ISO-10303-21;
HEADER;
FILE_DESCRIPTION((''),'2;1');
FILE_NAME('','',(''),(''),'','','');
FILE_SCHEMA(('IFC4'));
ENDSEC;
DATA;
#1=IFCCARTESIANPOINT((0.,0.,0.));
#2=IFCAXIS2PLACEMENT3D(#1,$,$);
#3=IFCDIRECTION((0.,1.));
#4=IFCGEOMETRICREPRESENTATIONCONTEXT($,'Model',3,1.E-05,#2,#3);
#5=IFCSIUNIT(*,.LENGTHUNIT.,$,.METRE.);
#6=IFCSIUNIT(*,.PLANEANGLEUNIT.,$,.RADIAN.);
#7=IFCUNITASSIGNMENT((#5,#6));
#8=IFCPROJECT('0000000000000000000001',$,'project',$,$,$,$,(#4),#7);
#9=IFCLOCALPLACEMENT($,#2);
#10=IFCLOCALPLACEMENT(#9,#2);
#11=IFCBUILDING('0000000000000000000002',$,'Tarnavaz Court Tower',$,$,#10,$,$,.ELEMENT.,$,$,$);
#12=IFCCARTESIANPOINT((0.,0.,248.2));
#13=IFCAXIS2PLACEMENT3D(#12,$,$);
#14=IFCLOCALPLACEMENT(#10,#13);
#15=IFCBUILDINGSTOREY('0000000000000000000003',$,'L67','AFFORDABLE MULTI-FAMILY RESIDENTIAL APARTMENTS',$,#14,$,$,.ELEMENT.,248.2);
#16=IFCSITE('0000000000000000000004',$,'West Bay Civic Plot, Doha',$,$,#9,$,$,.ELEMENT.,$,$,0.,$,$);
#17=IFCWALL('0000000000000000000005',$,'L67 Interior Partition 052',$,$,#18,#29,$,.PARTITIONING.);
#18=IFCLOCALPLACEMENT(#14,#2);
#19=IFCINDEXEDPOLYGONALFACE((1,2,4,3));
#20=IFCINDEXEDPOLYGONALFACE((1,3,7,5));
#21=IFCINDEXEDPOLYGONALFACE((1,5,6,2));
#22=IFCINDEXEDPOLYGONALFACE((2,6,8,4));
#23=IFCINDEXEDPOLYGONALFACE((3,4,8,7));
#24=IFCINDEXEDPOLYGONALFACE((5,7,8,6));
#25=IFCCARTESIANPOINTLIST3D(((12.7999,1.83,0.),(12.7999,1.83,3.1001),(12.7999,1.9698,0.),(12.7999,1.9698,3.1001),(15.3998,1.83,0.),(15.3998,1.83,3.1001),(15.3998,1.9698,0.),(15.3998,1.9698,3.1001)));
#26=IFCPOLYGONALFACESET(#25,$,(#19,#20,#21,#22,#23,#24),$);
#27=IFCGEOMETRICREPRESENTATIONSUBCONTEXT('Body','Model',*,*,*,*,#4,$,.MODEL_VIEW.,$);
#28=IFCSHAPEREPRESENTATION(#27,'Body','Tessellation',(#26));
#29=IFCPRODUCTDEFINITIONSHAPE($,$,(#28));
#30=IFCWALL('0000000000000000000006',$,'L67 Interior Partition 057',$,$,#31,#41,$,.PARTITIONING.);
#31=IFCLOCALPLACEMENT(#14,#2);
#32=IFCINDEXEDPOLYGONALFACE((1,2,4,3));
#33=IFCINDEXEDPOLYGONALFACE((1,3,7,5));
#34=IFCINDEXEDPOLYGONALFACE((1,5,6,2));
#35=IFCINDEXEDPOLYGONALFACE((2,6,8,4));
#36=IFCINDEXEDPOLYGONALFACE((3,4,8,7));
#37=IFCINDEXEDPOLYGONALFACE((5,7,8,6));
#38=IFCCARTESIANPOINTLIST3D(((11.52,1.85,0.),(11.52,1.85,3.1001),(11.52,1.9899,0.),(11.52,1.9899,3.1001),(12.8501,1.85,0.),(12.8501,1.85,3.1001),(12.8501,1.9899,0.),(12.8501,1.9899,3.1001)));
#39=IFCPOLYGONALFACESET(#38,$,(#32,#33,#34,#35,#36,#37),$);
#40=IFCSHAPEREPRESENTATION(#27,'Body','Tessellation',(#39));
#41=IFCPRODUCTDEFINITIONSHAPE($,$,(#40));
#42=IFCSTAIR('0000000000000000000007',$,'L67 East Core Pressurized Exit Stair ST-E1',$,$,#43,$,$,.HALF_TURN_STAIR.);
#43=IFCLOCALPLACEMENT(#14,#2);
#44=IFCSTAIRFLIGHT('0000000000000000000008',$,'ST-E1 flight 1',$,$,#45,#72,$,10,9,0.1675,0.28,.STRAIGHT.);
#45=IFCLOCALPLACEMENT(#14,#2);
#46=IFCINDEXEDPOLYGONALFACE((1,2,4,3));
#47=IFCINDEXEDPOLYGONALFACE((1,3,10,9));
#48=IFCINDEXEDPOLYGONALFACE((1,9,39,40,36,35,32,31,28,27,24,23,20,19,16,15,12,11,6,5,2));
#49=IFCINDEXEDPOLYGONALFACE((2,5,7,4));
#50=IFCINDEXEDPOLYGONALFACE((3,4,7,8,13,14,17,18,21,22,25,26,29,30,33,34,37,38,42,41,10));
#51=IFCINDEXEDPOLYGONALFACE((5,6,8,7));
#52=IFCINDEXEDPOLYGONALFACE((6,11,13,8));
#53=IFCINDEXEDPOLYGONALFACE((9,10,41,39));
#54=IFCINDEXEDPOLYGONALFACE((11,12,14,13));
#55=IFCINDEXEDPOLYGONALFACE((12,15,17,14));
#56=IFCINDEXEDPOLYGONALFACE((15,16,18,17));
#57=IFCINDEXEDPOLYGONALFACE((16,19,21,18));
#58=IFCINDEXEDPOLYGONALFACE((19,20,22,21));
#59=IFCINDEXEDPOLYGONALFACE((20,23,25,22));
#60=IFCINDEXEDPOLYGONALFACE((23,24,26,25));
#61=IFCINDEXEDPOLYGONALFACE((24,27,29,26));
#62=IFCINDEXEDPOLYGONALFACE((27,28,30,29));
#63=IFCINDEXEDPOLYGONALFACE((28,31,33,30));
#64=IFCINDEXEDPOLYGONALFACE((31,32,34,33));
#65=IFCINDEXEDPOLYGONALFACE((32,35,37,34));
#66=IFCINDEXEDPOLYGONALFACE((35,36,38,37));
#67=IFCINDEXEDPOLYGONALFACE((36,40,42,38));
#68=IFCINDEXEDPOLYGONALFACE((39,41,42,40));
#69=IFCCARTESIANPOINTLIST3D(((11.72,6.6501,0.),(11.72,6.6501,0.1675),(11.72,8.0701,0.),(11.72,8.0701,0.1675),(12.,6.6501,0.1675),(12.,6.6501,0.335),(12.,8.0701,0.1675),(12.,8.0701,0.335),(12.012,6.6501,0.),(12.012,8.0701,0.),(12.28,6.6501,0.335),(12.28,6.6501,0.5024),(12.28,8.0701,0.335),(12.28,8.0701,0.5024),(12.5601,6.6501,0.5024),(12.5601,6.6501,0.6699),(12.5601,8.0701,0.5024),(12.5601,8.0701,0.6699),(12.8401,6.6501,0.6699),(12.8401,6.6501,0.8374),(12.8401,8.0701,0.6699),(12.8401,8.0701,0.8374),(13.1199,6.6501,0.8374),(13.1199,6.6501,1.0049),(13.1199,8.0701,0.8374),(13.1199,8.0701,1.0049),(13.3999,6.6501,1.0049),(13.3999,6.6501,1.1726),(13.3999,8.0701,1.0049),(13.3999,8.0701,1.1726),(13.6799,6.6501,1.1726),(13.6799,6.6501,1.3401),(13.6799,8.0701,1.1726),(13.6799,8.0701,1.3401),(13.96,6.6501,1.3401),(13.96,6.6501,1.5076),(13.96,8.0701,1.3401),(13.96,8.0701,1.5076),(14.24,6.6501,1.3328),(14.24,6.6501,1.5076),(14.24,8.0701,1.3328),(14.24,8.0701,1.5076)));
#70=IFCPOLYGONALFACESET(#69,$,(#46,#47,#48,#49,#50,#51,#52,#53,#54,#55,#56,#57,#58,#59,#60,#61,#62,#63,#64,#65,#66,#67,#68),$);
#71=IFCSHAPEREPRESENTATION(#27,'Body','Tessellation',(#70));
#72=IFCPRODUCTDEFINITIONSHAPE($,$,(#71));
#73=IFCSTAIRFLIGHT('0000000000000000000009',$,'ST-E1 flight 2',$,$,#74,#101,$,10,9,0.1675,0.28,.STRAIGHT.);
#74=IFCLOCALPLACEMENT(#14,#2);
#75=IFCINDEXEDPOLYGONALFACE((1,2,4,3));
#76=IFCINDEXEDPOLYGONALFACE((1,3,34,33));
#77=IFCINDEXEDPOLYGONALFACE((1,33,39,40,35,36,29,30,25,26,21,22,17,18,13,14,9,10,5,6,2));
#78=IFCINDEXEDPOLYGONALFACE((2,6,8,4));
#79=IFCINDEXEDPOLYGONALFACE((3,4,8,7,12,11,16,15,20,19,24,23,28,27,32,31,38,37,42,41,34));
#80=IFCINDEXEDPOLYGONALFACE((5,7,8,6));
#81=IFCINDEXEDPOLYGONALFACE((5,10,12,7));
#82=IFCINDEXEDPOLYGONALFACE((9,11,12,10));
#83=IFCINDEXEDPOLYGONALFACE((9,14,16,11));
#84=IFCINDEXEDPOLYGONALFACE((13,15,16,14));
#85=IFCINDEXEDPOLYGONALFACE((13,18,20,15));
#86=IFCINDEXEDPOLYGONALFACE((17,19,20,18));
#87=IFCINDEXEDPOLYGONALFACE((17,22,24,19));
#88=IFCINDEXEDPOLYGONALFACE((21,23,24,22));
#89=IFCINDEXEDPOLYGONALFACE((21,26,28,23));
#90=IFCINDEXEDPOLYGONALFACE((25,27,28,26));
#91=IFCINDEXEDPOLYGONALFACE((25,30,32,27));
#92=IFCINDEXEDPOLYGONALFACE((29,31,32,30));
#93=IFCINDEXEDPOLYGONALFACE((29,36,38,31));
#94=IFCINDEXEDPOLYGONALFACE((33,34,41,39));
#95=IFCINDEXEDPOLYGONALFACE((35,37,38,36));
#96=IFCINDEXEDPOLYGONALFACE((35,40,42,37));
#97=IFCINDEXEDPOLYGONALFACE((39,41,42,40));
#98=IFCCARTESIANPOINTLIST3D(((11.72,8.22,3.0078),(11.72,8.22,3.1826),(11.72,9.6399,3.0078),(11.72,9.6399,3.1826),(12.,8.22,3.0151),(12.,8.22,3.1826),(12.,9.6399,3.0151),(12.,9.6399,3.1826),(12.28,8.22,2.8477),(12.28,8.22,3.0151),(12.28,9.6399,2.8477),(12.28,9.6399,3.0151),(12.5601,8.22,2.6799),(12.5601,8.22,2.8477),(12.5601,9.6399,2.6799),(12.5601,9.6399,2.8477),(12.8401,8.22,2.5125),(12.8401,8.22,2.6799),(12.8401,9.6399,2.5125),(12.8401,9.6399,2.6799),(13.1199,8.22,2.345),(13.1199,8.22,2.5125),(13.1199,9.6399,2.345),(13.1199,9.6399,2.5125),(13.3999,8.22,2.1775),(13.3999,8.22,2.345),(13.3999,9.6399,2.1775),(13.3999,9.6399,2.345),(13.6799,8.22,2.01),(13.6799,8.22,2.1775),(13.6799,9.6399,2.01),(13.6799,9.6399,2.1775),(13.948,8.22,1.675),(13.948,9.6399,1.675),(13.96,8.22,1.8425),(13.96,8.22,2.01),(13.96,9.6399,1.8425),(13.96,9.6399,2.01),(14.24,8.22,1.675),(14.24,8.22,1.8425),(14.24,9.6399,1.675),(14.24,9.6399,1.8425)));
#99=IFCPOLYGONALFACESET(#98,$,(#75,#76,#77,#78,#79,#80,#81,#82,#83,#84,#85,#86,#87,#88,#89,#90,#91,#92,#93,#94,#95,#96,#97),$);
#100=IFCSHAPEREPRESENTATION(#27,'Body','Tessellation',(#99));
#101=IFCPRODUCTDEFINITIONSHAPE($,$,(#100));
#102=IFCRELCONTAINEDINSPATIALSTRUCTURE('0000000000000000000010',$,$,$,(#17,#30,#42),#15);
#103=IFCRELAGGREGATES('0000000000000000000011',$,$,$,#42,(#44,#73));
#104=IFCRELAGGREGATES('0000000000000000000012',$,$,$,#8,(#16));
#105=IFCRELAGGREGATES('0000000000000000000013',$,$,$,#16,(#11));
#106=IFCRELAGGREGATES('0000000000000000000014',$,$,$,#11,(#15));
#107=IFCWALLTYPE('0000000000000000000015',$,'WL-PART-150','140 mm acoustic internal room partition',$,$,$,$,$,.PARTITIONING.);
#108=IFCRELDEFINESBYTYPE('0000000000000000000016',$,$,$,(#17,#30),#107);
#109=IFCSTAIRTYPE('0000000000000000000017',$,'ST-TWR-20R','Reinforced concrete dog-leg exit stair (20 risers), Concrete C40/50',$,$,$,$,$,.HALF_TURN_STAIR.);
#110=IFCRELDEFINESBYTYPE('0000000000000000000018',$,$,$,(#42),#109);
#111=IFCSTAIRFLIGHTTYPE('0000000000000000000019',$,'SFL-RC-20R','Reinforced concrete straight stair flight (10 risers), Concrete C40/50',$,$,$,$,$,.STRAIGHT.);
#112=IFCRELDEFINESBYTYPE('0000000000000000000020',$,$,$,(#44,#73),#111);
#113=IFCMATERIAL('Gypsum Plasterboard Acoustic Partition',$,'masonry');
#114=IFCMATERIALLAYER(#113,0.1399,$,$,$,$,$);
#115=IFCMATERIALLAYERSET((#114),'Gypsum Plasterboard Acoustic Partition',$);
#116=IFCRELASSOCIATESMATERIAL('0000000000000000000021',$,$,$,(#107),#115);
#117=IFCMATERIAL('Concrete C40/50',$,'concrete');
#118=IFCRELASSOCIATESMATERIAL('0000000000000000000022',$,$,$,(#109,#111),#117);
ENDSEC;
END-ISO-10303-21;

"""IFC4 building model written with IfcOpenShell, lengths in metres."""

from ifc_helpers import new_model, si_unit, direction, frame, frame_2d, origin, place, context, subcontext, project, spatial, polyline, rectangle, outline, extrude, material, layer, layer_set, type_object, element, aggregate, save


model = new_model("IFC4")

# Units and contexts
model_context = context("Model", 3, precision=1e-05, world=origin(), true_north=direction((0.0, 1.0)))
body_context = subcontext(model_context, "Body", "Model", "MODEL_VIEW")
ifc_project = project(units=[si_unit("LENGTHUNIT", "METRE"), si_unit("PLANEANGLEUNIT", "RADIAN")], contexts=[model_context])

# Site, building, storey
site_placement = place(None, origin())
site = spatial("IfcSite", under=ifc_project, at=site_placement, Name="West Bay Civic Plot, Doha", CompositionType="ELEMENT", RefElevation=0.0)
building_placement = place(site_placement, origin())
building = spatial("IfcBuilding", under=site, at=building_placement, Name="Tarnavaz Court Tower", CompositionType="ELEMENT")
storey_placement = place(building_placement, frame((0.0, 0.0, 248.2)))
storey = spatial("IfcBuildingStorey", under=building, at=storey_placement, Name="L67", Description="AFFORDABLE MULTI-FAMILY RESIDENTIAL APARTMENTS", CompositionType="ELEMENT", Elevation=248.2)

# Walls
ifc_material_1 = material(Name="Gypsum Plasterboard Acoustic Partition", Category="masonry")
ifc_layer_1 = layer(ifc_material_1, 0.1399)
ifc_layer_set_1 = layer_set([ifc_layer_1], Name="Gypsum Plasterboard Acoustic Partition")
wall_type_1 = type_object("IfcWallType", Name="WL-PART-150", Description="140 mm acoustic internal room partition", PredefinedType="PARTITIONING", material=ifc_layer_set_1)
wall_1_placement = place(storey_placement, frame((12.8, 1.8999, 0.0), z_axis=(0.0, 0.0, 1.0), x_axis=(1.0, 0.0, 0.0)))
element("IfcWall", 1, at=wall_1_placement, inside=storey, type_object=wall_type_1, Name="L67 Interior Partition 052", PredefinedType="PARTITIONING", context=body_context, shape_type="SweptSolid", body=[
    extrude(rectangle(XDim=2.5999, YDim=0.1399, at=frame_2d((1.2998, 0.0))), origin(), (0.0, 0.0, 1.0), 3.1001),
])
wall_2_placement = place(storey_placement, frame((11.52, 1.9199, 0.0), z_axis=(0.0, 0.0, 1.0), x_axis=(1.0, 0.0, 0.0)))
element("IfcWall", 2, at=wall_2_placement, inside=storey, type_object=wall_type_1, Name="L67 Interior Partition 057", PredefinedType="PARTITIONING", context=body_context, shape_type="SweptSolid", body=[
    extrude(rectangle(XDim=1.3301, YDim=0.1399, at=frame_2d((0.665, 0.0))), origin(), (0.0, 0.0, 1.0), 3.1001),
])

# Stair, stair flights
ifc_material_2 = material(Name="Concrete C40/50", Category="concrete")
stair_type = type_object("IfcStairType", Name="ST-TWR-20R", Description="Reinforced concrete dog-leg exit stair (20 risers), Concrete C40/50", PredefinedType="HALF_TURN_STAIR", material=ifc_material_2)
stair_placement = place(storey_placement, origin())
stair = element("IfcStair", 3, at=stair_placement, inside=storey, type_object=stair_type, Name="L67 East Core Pressurized Exit Stair ST-E1", PredefinedType="HALF_TURN_STAIR")
stair_flight_type = type_object("IfcStairFlightType", Name="SFL-RC-20R", Description="Reinforced concrete straight stair flight (10 risers), Concrete C40/50", PredefinedType="STRAIGHT", material=ifc_material_2)
stair_flight_1_placement = place(storey_placement, frame((11.72, 7.3601, 0.0), z_axis=(0.0, 0.0, 1.0), x_axis=(1.0, 0.0, 0.0)))
stair_flight_1 = element("IfcStairFlight", 4, at=stair_flight_1_placement, type_object=stair_flight_type, Name="ST-E1 flight 1", NumberOfRisers=10, NumberOfTreads=9, PredefinedType="STRAIGHT", RiserHeight=0.1675, TreadLength=0.28, context=body_context, shape_type="SweptSolid", body=[
    extrude(outline(polyline([(0.0, 0.0), (0.0, 0.1675), (0.28, 0.1675), (0.28, 0.335), (0.5601, 0.335), (0.5601, 0.5024), (0.8401, 0.5024), (0.8401, 0.6699), (1.1201, 0.6699), (1.1201, 0.8374), (1.3999, 0.8374), (1.3999, 1.0049), (1.6799, 1.0049), (1.6799, 1.1726), (1.96, 1.1726), (1.96, 1.3401), (2.24, 1.3401), (2.24, 1.5076), (2.52, 1.5076), (2.52, 1.675), (2.52, 1.3328), (0.292, 0.0), (0.0, 0.0)])), frame((0.0, 0.71, 0.0), z_axis=(0.0, -1.0, 0.0), x_axis=(1.0, 0.0, 0.0)), (0.0, 0.0, 1.0), 1.4199),
])
stair_flight_2_placement = place(storey_placement, frame((14.24, 8.9299, 1.675), z_axis=(0.0, 0.0, 1.0), x_axis=(-1.0, 0.0, 0.0)))
stair_flight_2 = element("IfcStairFlight", 5, at=stair_flight_2_placement, type_object=stair_flight_type, Name="ST-E1 flight 2", NumberOfRisers=10, NumberOfTreads=9, PredefinedType="STRAIGHT", RiserHeight=0.1675, TreadLength=0.28, context=body_context, shape_type="SweptSolid", body=[
    extrude(outline(polyline([(0.0, 0.0), (0.0, 0.1675), (0.28, 0.1675), (0.28, 0.335), (0.5601, 0.335), (0.5601, 0.5024), (0.8401, 0.5024), (0.8401, 0.6699), (1.1201, 0.6699), (1.1201, 0.8374), (1.3999, 0.8374), (1.3999, 1.0049), (1.6799, 1.0049), (1.6799, 1.1726), (1.96, 1.1726), (1.96, 1.3401), (2.24, 1.3401), (2.24, 1.5076), (2.52, 1.5076), (2.52, 1.675), (2.52, 1.3328), (0.292, 0.0), (0.0, 0.0)])), frame((0.0, 0.71, 0.0), z_axis=(0.0, -1.0, 0.0), x_axis=(1.0, 0.0, 0.0)), (0.0, 0.0, 1.0), 1.4199),
])
aggregate(stair, [stair_flight_1, stair_flight_2])

save(model, "model.ifc")
